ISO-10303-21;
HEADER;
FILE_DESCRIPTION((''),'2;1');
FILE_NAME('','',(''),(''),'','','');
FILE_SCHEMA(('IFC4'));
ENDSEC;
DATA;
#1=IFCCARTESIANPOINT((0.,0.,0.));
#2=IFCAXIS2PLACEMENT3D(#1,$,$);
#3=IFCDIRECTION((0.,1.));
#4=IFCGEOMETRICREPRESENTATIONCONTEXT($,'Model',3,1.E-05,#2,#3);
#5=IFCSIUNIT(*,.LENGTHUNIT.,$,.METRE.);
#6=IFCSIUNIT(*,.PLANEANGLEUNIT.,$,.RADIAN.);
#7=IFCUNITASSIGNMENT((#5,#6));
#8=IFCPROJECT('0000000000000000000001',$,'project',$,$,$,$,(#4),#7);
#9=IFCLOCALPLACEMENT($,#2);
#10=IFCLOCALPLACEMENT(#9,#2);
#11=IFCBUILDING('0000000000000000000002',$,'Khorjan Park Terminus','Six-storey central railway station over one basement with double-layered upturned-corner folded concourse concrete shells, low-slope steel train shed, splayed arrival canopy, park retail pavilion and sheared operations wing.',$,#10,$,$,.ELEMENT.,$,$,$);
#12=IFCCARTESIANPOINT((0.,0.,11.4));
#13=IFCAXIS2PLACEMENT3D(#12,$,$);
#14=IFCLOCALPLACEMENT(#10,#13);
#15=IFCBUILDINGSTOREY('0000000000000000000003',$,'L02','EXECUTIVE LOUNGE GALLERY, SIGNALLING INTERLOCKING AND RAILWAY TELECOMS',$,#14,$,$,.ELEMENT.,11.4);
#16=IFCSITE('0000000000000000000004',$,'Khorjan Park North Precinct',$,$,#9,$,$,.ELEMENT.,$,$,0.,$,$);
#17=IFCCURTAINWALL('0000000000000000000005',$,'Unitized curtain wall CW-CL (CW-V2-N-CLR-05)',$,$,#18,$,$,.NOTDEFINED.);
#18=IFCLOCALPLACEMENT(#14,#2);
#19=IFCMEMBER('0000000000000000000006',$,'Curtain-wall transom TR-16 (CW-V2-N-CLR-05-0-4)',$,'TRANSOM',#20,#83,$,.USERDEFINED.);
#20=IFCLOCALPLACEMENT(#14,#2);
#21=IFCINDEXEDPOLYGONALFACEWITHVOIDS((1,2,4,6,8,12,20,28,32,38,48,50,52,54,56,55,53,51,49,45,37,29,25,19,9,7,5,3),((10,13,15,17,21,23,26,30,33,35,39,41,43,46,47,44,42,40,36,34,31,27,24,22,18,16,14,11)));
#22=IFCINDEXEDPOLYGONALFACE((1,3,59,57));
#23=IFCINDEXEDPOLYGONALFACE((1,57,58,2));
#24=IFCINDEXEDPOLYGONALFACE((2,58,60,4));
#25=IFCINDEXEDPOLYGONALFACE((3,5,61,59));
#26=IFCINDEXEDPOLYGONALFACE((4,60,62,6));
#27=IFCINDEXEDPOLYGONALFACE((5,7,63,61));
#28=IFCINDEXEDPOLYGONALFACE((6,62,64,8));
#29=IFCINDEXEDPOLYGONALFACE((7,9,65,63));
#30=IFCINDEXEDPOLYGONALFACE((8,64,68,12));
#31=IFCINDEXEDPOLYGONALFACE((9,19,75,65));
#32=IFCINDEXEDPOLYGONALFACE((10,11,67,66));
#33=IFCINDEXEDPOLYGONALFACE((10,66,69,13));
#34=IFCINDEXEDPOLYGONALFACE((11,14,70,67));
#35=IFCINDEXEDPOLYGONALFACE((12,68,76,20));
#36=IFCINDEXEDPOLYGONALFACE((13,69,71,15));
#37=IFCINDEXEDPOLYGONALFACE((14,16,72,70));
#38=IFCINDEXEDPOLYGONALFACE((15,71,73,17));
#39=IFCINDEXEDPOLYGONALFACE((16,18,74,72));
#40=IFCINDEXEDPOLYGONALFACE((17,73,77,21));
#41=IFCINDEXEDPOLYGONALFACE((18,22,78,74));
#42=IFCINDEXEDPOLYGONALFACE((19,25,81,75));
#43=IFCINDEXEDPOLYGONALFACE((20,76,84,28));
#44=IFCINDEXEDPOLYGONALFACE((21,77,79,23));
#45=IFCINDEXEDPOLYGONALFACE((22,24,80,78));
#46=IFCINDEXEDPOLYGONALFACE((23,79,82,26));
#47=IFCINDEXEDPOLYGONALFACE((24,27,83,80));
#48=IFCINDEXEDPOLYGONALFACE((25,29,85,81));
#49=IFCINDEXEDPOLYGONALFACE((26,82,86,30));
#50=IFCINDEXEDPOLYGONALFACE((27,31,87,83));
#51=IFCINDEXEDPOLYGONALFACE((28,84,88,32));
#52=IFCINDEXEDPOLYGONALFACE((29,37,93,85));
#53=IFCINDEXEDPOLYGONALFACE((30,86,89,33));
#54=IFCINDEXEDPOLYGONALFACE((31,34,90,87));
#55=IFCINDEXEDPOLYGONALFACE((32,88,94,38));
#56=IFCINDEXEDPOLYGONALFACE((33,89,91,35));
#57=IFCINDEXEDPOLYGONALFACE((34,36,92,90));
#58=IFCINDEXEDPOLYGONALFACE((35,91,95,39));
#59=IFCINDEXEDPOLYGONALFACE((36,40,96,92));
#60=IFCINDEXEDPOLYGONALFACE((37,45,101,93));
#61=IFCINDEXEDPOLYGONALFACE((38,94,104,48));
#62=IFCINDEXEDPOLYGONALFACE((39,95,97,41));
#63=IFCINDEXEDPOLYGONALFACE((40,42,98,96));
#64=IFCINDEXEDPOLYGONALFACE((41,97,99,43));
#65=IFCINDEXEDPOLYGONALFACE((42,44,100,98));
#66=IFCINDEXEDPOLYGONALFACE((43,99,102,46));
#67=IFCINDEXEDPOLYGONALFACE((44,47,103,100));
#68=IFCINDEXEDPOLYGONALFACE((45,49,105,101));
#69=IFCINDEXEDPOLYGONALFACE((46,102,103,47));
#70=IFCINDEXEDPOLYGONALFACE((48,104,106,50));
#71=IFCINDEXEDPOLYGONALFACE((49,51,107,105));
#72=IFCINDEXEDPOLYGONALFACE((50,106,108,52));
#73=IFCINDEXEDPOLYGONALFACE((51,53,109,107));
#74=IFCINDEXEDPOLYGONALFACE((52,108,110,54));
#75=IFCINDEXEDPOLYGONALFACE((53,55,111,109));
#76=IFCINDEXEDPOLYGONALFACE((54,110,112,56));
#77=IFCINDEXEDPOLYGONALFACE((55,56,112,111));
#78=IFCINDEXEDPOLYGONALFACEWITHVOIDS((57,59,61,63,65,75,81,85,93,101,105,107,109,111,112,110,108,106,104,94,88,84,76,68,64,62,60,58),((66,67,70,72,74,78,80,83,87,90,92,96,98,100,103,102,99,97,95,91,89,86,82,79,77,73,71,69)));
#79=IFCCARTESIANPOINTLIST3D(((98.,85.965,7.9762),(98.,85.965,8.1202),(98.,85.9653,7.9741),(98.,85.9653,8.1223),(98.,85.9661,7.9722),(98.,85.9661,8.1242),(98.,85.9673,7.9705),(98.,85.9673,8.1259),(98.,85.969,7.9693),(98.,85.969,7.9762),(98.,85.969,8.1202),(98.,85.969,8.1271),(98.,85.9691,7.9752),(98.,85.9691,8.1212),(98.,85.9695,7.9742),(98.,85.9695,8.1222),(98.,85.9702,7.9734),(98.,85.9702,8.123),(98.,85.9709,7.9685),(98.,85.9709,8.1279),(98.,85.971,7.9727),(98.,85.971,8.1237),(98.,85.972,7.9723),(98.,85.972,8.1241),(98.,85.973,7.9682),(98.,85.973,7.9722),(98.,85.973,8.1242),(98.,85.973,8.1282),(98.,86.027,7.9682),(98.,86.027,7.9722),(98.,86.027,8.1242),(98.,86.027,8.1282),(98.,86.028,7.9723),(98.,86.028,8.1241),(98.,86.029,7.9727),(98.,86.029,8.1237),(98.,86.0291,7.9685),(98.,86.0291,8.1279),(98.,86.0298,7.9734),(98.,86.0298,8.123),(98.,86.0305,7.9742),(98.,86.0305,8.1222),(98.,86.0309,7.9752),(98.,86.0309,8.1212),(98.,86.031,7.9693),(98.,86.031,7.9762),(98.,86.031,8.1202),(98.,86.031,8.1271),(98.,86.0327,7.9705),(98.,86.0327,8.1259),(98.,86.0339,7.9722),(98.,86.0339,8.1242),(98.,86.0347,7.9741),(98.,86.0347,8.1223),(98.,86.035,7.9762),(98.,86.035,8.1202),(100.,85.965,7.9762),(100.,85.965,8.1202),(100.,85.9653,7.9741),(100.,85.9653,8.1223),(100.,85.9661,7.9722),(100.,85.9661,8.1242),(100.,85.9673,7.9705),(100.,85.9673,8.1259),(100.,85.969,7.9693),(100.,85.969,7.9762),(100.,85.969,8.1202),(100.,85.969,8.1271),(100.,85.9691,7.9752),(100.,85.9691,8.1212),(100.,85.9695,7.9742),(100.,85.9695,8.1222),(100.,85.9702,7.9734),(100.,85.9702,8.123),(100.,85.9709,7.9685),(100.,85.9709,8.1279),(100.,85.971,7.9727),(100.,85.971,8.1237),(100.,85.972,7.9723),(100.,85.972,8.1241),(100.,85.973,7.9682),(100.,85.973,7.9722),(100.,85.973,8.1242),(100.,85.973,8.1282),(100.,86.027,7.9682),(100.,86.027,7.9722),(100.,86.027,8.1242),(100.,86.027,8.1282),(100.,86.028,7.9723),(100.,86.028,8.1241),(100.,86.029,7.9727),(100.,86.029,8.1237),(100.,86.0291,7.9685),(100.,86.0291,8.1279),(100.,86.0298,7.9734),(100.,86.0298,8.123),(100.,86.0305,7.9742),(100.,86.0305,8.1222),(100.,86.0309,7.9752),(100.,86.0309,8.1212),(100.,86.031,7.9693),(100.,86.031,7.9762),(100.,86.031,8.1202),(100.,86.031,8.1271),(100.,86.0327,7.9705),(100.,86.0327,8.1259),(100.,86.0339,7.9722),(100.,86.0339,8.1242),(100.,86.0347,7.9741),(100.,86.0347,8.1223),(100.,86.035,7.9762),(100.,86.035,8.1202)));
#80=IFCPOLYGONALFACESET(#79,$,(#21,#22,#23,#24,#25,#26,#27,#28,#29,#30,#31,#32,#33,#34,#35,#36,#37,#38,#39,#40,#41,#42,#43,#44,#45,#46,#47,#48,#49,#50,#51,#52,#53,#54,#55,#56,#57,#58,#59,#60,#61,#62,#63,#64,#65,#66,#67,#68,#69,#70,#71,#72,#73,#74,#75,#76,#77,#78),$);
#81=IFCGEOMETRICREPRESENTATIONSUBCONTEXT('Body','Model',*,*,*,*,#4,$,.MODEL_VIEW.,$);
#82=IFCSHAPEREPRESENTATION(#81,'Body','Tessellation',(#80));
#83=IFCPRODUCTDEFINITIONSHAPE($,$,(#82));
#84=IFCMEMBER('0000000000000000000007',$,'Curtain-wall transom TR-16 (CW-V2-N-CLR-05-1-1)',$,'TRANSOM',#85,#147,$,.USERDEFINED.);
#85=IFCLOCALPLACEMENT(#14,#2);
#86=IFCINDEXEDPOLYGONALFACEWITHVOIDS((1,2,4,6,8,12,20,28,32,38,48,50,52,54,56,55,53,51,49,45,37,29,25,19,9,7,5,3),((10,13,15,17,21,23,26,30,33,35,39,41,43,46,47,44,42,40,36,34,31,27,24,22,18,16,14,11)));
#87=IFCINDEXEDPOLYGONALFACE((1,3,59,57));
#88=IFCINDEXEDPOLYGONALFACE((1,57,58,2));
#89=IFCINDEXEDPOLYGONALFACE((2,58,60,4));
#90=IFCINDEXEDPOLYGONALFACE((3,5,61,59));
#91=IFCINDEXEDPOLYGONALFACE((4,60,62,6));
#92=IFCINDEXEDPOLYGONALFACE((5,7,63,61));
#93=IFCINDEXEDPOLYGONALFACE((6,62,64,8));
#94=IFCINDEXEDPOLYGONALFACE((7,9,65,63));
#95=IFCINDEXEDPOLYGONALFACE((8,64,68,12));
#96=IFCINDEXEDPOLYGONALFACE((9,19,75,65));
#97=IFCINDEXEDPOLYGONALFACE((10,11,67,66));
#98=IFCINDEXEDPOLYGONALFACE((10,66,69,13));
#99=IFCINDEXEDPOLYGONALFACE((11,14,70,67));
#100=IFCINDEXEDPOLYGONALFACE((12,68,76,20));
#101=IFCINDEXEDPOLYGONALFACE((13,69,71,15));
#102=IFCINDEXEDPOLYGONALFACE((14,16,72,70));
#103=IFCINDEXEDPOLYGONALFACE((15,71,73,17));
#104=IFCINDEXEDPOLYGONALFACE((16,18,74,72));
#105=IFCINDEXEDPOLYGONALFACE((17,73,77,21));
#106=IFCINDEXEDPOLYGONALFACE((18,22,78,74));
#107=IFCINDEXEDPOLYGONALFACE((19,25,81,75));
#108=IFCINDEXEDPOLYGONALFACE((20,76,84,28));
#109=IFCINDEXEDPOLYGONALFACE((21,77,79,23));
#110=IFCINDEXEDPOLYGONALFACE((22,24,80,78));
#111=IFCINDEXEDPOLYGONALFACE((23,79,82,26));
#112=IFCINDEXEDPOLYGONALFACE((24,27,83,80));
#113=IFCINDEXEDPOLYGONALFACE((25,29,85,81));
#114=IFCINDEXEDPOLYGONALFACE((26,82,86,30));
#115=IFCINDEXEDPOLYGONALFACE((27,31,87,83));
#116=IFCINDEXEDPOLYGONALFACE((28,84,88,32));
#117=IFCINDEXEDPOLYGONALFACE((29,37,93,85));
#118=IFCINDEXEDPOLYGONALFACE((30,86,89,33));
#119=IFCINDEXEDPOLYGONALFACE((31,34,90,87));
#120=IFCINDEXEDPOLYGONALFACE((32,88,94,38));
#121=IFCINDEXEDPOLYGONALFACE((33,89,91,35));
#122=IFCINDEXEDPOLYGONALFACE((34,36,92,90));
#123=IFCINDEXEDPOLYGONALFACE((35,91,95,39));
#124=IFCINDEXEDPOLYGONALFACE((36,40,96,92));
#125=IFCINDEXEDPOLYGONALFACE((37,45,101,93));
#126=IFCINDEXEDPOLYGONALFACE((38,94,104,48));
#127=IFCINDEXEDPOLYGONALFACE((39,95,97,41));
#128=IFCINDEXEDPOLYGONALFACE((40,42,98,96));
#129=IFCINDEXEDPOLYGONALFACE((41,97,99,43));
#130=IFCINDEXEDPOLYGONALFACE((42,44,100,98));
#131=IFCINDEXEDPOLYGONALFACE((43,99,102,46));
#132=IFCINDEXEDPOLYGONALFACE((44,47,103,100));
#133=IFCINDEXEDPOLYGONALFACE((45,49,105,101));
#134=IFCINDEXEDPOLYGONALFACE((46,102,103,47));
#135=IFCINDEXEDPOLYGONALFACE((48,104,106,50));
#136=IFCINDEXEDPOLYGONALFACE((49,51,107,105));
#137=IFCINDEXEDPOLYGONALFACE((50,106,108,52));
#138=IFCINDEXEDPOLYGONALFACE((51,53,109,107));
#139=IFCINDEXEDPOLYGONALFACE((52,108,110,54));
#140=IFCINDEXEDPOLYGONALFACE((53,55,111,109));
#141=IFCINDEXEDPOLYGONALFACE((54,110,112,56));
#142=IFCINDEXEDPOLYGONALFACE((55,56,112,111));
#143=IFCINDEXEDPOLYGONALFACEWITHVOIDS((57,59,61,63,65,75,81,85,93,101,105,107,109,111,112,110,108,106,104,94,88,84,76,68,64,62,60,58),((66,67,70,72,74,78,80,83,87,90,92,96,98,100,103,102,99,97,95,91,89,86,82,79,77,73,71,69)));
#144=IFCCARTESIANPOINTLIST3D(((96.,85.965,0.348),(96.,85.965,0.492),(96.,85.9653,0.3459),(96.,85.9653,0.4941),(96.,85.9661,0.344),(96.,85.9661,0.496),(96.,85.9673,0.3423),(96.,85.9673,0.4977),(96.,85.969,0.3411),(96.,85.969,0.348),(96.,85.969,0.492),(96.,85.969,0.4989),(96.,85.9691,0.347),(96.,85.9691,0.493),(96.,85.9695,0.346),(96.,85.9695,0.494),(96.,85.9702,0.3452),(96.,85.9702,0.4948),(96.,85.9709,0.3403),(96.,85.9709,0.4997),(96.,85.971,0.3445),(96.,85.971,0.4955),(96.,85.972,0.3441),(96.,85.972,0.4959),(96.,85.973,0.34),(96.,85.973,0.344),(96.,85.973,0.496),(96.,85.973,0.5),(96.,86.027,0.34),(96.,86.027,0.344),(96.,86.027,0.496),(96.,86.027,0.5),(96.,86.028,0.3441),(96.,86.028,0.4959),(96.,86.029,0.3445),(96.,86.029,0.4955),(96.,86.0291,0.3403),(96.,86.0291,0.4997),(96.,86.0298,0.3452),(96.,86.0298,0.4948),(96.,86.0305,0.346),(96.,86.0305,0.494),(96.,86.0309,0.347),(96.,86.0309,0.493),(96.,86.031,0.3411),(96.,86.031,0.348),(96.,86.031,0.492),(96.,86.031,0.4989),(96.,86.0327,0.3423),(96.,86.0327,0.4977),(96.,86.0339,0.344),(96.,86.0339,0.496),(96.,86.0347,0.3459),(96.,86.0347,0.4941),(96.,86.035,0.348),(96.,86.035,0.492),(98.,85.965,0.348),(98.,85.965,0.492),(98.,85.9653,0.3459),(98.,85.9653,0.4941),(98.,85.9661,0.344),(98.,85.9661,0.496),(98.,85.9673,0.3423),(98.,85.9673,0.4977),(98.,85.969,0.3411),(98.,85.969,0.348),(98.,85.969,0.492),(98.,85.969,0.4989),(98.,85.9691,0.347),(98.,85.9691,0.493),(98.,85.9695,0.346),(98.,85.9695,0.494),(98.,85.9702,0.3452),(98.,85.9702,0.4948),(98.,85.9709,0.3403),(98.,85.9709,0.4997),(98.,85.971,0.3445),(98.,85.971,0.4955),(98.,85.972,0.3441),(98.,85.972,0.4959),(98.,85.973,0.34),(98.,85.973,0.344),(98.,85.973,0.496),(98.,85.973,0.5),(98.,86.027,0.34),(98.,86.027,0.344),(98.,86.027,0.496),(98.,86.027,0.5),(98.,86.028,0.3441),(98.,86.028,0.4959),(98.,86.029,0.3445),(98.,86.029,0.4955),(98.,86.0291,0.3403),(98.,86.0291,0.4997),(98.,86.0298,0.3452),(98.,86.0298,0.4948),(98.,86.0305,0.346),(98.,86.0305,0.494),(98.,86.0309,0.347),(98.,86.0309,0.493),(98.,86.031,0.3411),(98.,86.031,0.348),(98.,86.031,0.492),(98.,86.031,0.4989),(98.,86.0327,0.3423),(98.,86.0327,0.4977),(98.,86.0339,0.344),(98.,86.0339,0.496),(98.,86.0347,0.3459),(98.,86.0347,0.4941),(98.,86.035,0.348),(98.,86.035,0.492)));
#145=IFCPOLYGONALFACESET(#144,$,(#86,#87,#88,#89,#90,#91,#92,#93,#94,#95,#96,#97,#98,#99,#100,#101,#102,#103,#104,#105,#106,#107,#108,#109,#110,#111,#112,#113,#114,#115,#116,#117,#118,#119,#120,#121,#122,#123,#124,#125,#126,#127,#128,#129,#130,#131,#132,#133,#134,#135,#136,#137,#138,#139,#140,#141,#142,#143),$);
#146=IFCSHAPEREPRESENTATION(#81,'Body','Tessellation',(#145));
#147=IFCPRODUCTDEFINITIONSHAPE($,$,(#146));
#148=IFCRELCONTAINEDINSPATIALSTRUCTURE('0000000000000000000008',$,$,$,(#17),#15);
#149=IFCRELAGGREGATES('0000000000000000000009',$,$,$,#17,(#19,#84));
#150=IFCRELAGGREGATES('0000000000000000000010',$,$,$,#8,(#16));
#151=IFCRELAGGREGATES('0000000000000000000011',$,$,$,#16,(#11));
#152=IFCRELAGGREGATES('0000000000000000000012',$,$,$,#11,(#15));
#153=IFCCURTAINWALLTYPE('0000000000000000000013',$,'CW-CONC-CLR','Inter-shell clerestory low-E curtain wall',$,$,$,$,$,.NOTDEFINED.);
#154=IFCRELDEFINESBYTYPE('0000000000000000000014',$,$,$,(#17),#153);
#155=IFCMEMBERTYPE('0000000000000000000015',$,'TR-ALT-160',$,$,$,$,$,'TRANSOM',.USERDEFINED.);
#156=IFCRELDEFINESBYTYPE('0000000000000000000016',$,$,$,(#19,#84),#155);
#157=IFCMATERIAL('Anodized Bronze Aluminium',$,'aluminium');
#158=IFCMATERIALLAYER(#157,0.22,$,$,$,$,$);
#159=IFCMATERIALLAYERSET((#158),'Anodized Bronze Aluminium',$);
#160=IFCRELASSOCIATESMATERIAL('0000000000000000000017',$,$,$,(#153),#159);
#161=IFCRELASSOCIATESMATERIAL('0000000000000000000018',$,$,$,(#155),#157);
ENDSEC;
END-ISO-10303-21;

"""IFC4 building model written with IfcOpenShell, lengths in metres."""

from ifc_helpers import new_model, si_unit, direction, frame, origin, origin_2d, place, context, subcontext, project, spatial, hollow_rectangle, extrude, material, layer, layer_set, material_profile, profile_set, type_object, element, aggregate, save


model = new_model("IFC4")

# Units and contexts
model_context = context("Model", 3, precision=1e-05, world=origin(), true_north=direction((0.0, 1.0)))
body_context = subcontext(model_context, "Body", "Model", "MODEL_VIEW")
ifc_project = project(units=[si_unit("LENGTHUNIT", "METRE"), si_unit("PLANEANGLEUNIT", "RADIAN")], contexts=[model_context])

# Site, building, storey
site_placement = place(None, origin())
site = spatial("IfcSite", under=ifc_project, at=site_placement, Name="Khorjan Park North Precinct", CompositionType="ELEMENT", RefElevation=0.0)
building_placement = place(site_placement, origin())
building = spatial("IfcBuilding", under=site, at=building_placement, Name="Khorjan Park Terminus", Description="Six-storey central railway station over one basement with double-layered upturned-corner folded concourse concrete shells, low-slope steel train shed, splayed arrival canopy, park retail pavilion and sheared operations wing.", CompositionType="ELEMENT")
storey_placement = place(building_placement, frame((0.0, 0.0, 11.4)))
storey = spatial("IfcBuildingStorey", under=building, at=storey_placement, Name="L02", Description="EXECUTIVE LOUNGE GALLERY, SIGNALLING INTERLOCKING AND RAILWAY TELECOMS", CompositionType="ELEMENT", Elevation=11.4)

# Curtain wall
ifc_material_1 = material(Name="Anodized Bronze Aluminium", Category="aluminium")
ifc_layer_1 = layer(ifc_material_1, 0.22)
ifc_layer_set_1 = layer_set([ifc_layer_1], Name="Anodized Bronze Aluminium")
curtain_wall_type = type_object("IfcCurtainWallType", Name="CW-CONC-CLR", Description="Inter-shell clerestory low-E curtain wall", PredefinedType="NOTDEFINED", material=ifc_layer_set_1)
curtain_wall_1_placement = place(storey_placement, origin())
curtain_wall_1 = element("IfcCurtainWall", 1, at=curtain_wall_1_placement, inside=storey, type_object=curtain_wall_type, Name="Unitized curtain wall CW-CL (CW-V2-N-CLR-05)", PredefinedType="NOTDEFINED")

# Members
ifc_material_profile_1 = material_profile(ifc_material_1, hollow_rectangle(XDim=0.07, YDim=0.16, WallThickness=0.004, InnerFilletRadius=0.004, OuterFilletRadius=0.008, at=origin_2d()), Name="ALT 70x160x4")
ifc_profile_set_1 = profile_set([ifc_material_profile_1], Name="Anodized Bronze Aluminium")
member_type_1 = type_object("IfcMemberType", Name="TR-ALT-160", ElementType="TRANSOM", PredefinedType="USERDEFINED", material=ifc_profile_set_1)
member_1_placement = place(storey_placement, frame((100.0, 86.0, 8.0482), z_axis=(-1.0, 0.0, 0.0), x_axis=(0.0, -1.0, 0.0)))
member_1 = element("IfcMember", 2, at=member_1_placement, type_object=member_type_1, Name="Curtain-wall transom TR-16 (CW-V2-N-CLR-05-0-4)", ObjectType="TRANSOM", PredefinedType="USERDEFINED", context=body_context, shape_type="SweptSolid", body=[
    extrude(hollow_rectangle(XDim=0.07, YDim=0.16, WallThickness=0.004, InnerFilletRadius=0.004, OuterFilletRadius=0.008, at=origin_2d()), origin(), (0.0, 0.0, 1.0), 2.0),
])
member_2_placement = place(storey_placement, frame((98.0, 86.0, 0.42), z_axis=(-1.0, 0.0, 0.0), x_axis=(0.0, -1.0, 0.0)))
member_2 = element("IfcMember", 3, at=member_2_placement, type_object=member_type_1, Name="Curtain-wall transom TR-16 (CW-V2-N-CLR-05-1-1)", ObjectType="TRANSOM", PredefinedType="USERDEFINED", context=body_context, shape_type="SweptSolid", body=[
    extrude(hollow_rectangle(XDim=0.07, YDim=0.16, WallThickness=0.004, InnerFilletRadius=0.004, OuterFilletRadius=0.008, at=origin_2d()), origin(), (0.0, 0.0, 1.0), 2.0),
])

aggregate(curtain_wall_1, [member_1, member_2])

save(model, "model.ifc")
